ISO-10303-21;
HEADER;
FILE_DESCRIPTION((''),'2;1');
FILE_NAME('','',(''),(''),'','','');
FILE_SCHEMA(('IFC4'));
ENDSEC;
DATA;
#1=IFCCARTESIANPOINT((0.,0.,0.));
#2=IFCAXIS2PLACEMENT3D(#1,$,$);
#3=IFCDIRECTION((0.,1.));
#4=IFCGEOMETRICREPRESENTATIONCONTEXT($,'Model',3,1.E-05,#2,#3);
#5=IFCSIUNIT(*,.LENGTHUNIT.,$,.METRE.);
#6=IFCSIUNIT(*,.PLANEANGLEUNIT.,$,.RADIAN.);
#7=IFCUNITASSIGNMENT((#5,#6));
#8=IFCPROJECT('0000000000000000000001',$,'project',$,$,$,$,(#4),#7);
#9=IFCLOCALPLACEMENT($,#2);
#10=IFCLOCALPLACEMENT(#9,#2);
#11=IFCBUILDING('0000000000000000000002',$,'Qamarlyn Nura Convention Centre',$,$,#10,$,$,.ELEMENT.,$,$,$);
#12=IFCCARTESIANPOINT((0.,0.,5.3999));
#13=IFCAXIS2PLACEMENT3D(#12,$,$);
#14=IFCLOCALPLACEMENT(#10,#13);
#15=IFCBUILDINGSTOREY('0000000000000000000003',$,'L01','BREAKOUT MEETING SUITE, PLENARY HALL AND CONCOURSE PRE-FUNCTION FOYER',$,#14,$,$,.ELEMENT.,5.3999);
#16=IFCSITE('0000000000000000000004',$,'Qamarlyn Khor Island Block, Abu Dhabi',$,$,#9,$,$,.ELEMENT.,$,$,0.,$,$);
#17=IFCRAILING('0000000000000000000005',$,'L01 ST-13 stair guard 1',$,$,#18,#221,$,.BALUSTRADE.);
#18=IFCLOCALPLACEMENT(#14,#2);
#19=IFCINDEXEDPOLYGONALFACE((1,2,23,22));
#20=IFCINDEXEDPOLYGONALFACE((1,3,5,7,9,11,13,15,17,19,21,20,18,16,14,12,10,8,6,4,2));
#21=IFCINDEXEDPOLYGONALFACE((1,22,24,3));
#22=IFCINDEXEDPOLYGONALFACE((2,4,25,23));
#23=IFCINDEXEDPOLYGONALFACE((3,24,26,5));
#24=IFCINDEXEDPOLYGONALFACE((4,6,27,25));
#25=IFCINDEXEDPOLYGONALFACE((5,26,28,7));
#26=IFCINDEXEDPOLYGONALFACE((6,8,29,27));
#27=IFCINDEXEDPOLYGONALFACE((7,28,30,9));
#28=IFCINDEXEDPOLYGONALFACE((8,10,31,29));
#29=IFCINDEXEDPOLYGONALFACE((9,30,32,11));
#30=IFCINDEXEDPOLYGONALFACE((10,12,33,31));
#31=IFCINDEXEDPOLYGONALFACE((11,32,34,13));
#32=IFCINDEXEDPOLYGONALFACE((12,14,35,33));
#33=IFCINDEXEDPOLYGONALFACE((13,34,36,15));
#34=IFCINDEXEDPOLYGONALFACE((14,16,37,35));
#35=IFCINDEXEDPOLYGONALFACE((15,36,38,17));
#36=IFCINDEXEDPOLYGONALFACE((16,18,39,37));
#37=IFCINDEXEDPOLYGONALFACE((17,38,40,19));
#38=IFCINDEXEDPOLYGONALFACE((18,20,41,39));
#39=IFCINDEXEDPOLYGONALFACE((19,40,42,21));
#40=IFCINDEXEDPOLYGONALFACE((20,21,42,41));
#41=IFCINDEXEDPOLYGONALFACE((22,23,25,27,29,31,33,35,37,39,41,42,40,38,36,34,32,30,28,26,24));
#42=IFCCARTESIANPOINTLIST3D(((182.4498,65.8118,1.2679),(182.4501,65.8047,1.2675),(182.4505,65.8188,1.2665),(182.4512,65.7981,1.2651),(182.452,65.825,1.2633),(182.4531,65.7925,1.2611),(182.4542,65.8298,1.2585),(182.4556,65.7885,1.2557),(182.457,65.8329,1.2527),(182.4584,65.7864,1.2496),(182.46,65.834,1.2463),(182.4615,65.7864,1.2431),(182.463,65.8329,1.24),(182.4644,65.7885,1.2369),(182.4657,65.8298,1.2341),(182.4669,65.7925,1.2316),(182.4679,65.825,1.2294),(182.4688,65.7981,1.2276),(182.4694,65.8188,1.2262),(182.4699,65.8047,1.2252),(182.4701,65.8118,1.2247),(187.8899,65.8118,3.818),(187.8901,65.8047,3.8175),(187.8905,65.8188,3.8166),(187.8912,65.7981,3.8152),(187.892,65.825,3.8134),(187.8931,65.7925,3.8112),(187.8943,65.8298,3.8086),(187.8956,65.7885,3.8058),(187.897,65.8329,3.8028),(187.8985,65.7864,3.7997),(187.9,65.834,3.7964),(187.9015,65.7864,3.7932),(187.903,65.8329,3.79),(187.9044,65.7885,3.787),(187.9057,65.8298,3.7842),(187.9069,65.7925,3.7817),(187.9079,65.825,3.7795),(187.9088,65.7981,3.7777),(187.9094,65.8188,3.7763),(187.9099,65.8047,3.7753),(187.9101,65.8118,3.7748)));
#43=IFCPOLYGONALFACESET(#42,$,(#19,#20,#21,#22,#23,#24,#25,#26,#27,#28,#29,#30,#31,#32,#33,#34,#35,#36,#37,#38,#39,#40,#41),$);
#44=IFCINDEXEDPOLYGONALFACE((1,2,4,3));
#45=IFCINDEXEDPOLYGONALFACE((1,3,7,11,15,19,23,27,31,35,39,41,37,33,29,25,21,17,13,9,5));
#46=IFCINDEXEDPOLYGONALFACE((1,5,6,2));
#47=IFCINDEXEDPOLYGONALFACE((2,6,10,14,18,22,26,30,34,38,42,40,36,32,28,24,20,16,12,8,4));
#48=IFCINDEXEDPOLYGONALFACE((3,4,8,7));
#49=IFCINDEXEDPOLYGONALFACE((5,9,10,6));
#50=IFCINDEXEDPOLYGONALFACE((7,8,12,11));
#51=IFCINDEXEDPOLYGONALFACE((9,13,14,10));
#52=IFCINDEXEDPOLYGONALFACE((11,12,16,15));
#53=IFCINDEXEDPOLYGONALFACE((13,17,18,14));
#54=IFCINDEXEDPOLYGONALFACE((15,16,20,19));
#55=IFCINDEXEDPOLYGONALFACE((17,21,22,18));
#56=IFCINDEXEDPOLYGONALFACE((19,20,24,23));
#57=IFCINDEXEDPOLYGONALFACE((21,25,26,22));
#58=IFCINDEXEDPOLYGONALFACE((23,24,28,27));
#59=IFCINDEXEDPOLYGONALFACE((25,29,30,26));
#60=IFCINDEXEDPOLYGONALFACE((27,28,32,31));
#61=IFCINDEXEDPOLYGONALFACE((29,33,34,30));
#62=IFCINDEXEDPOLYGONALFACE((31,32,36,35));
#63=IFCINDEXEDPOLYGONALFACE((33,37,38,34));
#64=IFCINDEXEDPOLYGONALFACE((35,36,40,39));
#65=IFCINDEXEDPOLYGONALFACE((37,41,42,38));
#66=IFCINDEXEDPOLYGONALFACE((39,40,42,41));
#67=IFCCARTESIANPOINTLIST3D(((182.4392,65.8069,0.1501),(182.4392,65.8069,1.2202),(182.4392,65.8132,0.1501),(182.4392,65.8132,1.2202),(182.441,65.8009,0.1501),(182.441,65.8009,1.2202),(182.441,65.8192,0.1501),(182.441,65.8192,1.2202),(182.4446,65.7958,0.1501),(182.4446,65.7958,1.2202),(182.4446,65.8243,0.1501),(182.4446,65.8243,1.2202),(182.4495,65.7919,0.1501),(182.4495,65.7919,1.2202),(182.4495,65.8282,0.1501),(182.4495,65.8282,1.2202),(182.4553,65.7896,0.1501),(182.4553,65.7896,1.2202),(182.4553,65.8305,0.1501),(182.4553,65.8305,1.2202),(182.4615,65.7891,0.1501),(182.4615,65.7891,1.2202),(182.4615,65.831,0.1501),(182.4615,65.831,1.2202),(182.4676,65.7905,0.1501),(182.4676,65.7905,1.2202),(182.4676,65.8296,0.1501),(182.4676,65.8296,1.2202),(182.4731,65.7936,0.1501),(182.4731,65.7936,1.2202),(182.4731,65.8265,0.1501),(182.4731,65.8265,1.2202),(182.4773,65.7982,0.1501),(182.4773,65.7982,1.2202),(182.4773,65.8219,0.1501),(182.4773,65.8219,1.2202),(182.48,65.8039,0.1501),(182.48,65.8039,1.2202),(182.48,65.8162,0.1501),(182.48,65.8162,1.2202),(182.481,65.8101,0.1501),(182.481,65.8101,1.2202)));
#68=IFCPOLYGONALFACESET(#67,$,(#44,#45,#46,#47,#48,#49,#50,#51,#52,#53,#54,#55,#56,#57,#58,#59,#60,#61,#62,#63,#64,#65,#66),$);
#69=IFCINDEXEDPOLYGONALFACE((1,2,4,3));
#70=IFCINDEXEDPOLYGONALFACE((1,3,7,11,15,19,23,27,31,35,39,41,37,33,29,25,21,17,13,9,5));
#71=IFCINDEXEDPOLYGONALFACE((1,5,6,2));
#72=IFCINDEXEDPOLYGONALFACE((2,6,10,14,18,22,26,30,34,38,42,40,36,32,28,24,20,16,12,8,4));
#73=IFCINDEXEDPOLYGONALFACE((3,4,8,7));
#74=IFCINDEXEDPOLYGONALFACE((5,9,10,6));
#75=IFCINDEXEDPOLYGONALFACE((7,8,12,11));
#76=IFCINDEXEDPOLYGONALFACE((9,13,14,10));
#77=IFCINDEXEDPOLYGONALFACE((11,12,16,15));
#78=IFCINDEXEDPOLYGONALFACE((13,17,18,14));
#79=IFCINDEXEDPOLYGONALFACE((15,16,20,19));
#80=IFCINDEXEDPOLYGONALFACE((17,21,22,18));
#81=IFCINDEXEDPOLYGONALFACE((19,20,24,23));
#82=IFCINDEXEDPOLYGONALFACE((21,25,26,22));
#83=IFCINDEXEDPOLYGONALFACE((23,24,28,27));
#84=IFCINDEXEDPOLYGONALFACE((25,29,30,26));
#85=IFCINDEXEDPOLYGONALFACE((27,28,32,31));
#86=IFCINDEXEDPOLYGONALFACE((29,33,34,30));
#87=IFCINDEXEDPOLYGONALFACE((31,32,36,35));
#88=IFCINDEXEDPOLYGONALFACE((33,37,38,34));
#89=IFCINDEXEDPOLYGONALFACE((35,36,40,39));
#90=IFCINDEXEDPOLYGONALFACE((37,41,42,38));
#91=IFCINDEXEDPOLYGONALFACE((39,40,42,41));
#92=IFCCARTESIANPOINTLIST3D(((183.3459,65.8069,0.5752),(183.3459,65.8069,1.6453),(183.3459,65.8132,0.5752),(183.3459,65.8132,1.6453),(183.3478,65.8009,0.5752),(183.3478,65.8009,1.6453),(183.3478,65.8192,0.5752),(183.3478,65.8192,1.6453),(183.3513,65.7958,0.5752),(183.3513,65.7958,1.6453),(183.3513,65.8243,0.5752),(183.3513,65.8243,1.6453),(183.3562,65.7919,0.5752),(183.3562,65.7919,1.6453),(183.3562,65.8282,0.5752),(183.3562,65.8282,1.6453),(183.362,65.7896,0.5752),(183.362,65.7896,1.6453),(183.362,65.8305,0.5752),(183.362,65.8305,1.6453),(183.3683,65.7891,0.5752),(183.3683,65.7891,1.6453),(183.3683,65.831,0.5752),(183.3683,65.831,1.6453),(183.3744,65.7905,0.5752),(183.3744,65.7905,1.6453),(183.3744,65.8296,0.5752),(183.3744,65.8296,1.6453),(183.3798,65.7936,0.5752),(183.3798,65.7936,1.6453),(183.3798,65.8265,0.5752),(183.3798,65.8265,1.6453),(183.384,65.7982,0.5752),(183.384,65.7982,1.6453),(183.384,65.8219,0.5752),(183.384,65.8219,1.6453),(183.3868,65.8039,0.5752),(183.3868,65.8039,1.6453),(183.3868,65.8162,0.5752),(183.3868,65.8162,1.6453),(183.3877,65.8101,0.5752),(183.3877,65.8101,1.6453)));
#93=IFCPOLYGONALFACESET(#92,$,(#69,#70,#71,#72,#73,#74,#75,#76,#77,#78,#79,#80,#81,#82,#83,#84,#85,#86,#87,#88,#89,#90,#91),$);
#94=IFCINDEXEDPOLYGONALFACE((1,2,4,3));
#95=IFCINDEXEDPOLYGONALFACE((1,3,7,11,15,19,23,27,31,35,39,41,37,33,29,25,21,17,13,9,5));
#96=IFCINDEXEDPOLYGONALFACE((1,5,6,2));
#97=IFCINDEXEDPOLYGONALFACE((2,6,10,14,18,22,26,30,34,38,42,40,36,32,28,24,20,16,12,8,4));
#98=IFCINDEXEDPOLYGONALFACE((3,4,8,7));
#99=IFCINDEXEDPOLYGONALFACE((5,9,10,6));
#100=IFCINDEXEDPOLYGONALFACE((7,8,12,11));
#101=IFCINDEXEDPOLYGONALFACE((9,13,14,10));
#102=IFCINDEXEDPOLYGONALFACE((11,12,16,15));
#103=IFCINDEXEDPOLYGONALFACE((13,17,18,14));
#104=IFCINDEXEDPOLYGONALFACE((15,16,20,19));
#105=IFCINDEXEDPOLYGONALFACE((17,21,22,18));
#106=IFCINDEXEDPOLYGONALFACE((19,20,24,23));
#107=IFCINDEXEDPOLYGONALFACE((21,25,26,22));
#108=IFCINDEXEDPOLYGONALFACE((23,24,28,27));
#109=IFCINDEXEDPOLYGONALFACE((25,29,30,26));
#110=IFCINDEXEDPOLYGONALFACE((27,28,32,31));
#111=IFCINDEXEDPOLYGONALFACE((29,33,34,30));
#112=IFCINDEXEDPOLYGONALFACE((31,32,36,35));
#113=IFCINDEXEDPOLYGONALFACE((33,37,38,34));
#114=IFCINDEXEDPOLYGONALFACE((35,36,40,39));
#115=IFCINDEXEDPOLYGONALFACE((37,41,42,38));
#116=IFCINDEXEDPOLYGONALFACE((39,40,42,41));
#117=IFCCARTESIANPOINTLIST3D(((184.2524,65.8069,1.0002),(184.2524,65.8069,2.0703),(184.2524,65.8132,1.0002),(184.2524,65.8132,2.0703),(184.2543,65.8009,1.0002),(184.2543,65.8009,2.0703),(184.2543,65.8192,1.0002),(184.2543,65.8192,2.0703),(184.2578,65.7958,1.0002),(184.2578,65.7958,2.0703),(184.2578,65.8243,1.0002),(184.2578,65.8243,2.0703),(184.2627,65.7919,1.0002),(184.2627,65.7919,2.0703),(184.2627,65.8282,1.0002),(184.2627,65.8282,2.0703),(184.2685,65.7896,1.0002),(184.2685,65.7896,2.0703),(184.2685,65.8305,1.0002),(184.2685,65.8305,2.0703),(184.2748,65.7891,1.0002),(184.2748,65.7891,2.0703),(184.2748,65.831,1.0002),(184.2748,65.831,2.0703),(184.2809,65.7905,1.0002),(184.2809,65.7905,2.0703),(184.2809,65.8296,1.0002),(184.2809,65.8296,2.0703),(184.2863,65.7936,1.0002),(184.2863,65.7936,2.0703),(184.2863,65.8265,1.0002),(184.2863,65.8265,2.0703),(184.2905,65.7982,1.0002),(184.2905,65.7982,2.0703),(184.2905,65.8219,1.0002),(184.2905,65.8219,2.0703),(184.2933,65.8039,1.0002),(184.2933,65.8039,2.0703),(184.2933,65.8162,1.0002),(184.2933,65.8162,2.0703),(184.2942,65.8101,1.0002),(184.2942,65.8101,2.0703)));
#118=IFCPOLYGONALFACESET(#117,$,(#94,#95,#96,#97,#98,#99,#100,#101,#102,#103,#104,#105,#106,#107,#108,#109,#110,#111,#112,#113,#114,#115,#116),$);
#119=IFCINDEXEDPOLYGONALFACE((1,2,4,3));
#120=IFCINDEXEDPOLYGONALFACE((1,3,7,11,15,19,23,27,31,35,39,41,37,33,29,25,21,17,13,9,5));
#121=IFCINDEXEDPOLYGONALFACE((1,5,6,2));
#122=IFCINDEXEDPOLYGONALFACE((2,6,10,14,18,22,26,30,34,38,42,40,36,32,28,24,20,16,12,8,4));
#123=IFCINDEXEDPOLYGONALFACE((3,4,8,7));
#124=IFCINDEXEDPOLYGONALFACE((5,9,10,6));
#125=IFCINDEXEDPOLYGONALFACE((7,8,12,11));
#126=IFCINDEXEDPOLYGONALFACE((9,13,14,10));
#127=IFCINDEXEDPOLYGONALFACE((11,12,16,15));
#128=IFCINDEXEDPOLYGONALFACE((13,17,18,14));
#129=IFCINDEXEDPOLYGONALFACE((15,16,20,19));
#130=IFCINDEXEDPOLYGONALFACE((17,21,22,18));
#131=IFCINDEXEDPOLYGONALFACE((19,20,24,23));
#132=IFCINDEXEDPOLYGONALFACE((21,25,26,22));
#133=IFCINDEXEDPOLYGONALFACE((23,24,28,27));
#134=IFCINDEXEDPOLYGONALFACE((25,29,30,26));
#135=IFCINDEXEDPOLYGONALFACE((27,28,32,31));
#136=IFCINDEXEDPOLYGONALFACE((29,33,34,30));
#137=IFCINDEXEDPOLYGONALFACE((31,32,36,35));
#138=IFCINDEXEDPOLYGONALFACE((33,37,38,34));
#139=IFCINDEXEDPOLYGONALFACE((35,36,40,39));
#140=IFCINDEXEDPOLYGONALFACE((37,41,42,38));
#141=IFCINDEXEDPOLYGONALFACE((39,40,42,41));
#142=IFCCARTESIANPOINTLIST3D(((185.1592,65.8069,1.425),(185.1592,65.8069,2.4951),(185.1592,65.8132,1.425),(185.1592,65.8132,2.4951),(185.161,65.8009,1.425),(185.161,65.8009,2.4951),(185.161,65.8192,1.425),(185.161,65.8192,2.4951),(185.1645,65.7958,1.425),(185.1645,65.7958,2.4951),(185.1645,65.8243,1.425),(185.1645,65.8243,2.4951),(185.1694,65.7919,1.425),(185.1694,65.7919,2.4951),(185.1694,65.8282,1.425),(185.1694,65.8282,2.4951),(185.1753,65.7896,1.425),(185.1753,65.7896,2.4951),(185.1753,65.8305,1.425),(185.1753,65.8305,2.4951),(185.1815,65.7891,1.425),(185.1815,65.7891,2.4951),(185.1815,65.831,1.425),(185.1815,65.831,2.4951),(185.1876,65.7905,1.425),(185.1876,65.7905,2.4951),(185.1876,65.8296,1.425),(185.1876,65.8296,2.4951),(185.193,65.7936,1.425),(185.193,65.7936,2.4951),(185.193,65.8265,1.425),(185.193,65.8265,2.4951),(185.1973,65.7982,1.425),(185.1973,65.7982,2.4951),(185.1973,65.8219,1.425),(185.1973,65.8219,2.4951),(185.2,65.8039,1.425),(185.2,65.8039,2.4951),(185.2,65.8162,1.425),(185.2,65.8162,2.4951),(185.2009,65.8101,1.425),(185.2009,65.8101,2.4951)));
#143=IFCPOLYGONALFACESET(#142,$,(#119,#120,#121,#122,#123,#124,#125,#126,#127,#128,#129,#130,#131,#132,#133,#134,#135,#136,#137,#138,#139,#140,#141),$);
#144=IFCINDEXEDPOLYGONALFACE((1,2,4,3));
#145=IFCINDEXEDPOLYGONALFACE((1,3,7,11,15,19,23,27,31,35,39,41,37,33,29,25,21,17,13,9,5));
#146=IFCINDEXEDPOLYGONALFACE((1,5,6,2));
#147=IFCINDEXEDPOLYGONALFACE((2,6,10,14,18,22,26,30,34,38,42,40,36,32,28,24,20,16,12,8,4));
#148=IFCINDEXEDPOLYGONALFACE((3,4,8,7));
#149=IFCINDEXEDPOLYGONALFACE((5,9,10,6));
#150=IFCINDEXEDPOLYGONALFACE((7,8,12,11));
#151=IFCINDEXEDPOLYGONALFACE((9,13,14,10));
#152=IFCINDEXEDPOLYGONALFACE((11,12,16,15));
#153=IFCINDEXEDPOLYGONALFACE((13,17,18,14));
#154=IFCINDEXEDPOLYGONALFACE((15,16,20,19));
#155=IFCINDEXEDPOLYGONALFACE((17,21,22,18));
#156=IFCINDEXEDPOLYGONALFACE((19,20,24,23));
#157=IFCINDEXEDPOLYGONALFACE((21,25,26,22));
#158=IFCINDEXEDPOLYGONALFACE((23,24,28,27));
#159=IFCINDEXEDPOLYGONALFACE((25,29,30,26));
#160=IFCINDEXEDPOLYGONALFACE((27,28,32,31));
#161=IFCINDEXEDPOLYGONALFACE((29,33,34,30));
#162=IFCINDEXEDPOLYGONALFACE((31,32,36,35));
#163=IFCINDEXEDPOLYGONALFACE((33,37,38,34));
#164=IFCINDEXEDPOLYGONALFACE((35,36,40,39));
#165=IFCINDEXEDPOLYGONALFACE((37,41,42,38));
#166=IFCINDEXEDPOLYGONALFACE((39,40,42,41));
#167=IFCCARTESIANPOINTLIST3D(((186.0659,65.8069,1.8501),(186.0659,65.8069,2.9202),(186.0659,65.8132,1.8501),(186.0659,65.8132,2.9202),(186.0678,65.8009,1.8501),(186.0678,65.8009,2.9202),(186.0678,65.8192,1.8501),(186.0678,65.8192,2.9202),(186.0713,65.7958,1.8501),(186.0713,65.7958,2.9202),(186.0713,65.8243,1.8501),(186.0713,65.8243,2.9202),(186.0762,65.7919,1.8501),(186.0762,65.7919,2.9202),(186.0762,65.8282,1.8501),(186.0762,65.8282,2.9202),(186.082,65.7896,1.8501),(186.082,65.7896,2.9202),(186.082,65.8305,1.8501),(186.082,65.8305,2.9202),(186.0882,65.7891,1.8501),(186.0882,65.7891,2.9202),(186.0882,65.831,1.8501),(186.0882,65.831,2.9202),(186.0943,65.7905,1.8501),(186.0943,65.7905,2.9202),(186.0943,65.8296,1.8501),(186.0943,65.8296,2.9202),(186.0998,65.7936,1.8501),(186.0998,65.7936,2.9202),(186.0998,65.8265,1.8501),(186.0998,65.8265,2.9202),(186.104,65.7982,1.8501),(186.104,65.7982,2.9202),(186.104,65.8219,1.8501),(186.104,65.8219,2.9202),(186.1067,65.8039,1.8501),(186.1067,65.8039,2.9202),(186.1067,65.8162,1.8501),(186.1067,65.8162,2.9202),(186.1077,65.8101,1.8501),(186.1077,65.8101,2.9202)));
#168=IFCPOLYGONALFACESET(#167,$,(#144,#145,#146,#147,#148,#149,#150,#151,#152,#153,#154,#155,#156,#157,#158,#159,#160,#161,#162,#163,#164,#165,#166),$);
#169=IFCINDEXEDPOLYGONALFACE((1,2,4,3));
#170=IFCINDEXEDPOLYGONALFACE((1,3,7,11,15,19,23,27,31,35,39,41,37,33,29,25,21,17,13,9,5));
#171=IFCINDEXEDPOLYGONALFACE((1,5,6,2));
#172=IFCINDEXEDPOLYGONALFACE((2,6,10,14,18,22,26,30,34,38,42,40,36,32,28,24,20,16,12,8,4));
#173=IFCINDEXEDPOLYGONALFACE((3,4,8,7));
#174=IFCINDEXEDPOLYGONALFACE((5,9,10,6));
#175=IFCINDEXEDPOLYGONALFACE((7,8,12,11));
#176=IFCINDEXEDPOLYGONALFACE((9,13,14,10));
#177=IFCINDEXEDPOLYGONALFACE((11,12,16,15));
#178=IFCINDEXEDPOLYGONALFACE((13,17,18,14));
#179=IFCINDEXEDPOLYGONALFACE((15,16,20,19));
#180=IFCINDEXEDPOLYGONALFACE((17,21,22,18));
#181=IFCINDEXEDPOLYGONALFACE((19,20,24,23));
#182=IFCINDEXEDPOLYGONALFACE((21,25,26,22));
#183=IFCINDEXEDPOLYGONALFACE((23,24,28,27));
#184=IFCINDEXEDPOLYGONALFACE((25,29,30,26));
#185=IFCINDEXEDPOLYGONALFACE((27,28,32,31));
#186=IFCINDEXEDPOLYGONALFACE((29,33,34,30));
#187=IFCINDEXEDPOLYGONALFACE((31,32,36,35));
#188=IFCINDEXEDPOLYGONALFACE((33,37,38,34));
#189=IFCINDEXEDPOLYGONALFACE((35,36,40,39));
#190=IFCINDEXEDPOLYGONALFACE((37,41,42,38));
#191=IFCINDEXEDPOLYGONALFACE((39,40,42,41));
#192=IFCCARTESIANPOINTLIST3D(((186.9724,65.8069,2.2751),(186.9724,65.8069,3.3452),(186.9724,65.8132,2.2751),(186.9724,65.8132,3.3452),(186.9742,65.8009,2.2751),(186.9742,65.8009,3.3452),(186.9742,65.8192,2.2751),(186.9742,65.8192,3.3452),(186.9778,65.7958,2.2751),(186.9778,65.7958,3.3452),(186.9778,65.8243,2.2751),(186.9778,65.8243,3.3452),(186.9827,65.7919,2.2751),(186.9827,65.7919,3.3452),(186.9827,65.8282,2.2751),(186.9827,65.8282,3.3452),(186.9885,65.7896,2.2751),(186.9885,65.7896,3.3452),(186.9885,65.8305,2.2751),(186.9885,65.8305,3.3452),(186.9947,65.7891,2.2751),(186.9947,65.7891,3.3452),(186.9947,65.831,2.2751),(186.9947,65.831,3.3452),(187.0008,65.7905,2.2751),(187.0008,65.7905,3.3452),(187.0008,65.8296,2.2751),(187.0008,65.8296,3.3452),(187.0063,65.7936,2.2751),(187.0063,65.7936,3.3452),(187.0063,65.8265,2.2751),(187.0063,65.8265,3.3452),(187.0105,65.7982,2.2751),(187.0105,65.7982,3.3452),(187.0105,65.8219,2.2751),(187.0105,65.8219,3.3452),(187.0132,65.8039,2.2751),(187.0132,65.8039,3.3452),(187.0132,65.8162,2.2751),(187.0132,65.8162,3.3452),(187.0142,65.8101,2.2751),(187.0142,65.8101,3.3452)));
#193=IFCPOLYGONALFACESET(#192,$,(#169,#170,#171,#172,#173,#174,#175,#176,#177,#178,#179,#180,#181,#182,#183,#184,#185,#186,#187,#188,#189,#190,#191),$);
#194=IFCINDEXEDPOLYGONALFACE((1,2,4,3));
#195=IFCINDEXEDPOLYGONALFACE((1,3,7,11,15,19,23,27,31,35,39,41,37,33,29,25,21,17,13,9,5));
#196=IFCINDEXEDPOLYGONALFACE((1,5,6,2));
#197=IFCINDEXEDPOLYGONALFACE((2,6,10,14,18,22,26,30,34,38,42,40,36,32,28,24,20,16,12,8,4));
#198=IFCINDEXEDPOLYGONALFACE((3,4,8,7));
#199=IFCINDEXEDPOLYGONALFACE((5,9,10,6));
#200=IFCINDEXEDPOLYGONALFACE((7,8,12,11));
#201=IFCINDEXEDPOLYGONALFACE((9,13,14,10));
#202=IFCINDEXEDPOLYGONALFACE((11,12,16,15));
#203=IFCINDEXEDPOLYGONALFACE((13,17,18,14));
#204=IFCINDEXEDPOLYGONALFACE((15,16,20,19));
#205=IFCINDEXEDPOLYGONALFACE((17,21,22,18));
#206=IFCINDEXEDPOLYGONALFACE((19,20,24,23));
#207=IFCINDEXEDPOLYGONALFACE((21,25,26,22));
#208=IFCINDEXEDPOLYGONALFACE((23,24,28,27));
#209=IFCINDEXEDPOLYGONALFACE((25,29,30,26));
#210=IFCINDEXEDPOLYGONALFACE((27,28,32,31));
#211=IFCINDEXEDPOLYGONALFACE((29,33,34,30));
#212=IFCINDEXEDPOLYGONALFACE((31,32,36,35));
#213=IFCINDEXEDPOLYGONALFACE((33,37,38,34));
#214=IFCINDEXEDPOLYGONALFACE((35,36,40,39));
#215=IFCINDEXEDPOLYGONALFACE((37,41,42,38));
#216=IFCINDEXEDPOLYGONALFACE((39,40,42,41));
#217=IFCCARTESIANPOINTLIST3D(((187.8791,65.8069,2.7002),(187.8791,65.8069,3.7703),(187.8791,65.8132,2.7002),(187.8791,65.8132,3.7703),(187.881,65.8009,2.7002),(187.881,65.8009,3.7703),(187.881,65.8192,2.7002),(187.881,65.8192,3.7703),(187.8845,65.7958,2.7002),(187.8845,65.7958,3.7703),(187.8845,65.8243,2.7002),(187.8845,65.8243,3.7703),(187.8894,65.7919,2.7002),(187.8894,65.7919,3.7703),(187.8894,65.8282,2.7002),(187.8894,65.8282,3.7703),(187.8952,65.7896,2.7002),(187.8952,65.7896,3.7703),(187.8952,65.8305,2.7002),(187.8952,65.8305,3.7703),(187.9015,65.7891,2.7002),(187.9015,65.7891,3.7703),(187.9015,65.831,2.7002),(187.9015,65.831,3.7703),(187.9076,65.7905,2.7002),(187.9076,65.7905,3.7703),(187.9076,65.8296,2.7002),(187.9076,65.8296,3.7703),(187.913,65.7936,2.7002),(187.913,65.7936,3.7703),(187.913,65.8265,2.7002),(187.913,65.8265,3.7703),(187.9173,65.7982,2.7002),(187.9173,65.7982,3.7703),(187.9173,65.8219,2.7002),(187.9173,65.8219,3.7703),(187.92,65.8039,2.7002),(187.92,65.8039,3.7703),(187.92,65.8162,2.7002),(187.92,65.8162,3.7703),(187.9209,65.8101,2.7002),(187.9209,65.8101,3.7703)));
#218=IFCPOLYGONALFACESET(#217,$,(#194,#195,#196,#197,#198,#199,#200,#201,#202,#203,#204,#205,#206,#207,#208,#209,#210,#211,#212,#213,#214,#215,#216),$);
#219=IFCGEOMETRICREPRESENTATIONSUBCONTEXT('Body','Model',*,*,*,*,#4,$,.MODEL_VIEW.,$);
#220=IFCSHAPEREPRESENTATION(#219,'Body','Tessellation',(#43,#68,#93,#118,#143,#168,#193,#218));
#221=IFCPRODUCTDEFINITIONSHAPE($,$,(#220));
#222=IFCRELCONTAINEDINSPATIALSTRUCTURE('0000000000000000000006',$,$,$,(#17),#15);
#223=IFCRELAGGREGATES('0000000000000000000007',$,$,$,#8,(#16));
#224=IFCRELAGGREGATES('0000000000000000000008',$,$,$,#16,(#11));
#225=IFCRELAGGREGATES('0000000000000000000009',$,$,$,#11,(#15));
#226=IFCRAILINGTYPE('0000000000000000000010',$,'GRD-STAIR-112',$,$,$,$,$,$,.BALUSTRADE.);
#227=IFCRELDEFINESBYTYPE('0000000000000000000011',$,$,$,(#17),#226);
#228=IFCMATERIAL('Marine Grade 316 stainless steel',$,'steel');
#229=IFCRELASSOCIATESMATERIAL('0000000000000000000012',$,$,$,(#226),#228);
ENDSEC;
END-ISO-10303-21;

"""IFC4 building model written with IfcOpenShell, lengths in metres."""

from ifc_helpers import new_model, si_unit, direction, frame, origin, origin_2d, place, context, subcontext, project, spatial, circle, extrude, material, type_object, element, save


model = new_model("IFC4")

# Units and contexts
model_context = context("Model", 3, precision=1e-05, world=origin(), true_north=direction((0.0, 1.0)))
body_context = subcontext(model_context, "Body", "Model", "MODEL_VIEW")
ifc_project = project(units=[si_unit("LENGTHUNIT", "METRE"), si_unit("PLANEANGLEUNIT", "RADIAN")], contexts=[model_context])

# Site, building, storey
site_placement = place(None, origin())
site = spatial("IfcSite", under=ifc_project, at=site_placement, Name="Qamarlyn Khor Island Block, Abu Dhabi", CompositionType="ELEMENT", RefElevation=0.0)
building_placement = place(site_placement, origin())
building = spatial("IfcBuilding", under=site, at=building_placement, Name="Qamarlyn Nura Convention Centre", CompositionType="ELEMENT")
storey_placement = place(building_placement, frame((0.0, 0.0, 5.3999)))
storey = spatial("IfcBuildingStorey", under=building, at=storey_placement, Name="L01", Description="BREAKOUT MEETING SUITE, PLENARY HALL AND CONCOURSE PRE-FUNCTION FOYER", CompositionType="ELEMENT", Elevation=5.3999)

# Shared definitions
ifc_material_1 = material(Name="Marine Grade 316 stainless steel", Category="steel")

# Railing
railing_type = type_object("IfcRailingType", Name="GRD-STAIR-112", PredefinedType="BALUSTRADE", material=ifc_material_1)
railing_1_placement = place(storey_placement, frame((182.46, 65.8101, 0.1501)))
element("IfcRailing", 1, at=railing_1_placement, inside=storey, type_object=railing_type, Name="L01 ST-13 stair guard 1", PredefinedType="BALUSTRADE", context=body_context, shape_type="SweptSolid", body=[
    extrude(circle(Radius=0.0239, at=origin_2d()), frame((0.0, 0.0, 1.0962), z_axis=(0.905454, 0.0, 0.424444), x_axis=(0.0, 1.0, 0.0)), (0.0, 0.0, 1.0), 6.0081),
    extrude(circle(Radius=0.021, at=origin_2d()), origin(), (0.0, 0.0, 1.0), 1.0701),
    extrude(circle(Radius=0.021, at=origin_2d()), frame((0.9067, 0.0, 0.425)), (0.0, 0.0, 1.0), 1.0701),
    extrude(circle(Radius=0.021, at=origin_2d()), frame((1.8132, 0.0, 0.8501)), (0.0, 0.0, 1.0), 1.0701),
    extrude(circle(Radius=0.021, at=origin_2d()), frame((2.72, 0.0, 1.2749)), (0.0, 0.0, 1.0), 1.0701),
    extrude(circle(Radius=0.021, at=origin_2d()), frame((3.6267, 0.0, 1.7)), (0.0, 0.0, 1.0), 1.0701),
    extrude(circle(Radius=0.021, at=origin_2d()), frame((4.5332, 0.0, 2.125)), (0.0, 0.0, 1.0), 1.0701),
    extrude(circle(Radius=0.021, at=origin_2d()), frame((5.4399, 0.0, 2.55)), (0.0, 0.0, 1.0), 1.0701),
])

save(model, "model.ifc")
